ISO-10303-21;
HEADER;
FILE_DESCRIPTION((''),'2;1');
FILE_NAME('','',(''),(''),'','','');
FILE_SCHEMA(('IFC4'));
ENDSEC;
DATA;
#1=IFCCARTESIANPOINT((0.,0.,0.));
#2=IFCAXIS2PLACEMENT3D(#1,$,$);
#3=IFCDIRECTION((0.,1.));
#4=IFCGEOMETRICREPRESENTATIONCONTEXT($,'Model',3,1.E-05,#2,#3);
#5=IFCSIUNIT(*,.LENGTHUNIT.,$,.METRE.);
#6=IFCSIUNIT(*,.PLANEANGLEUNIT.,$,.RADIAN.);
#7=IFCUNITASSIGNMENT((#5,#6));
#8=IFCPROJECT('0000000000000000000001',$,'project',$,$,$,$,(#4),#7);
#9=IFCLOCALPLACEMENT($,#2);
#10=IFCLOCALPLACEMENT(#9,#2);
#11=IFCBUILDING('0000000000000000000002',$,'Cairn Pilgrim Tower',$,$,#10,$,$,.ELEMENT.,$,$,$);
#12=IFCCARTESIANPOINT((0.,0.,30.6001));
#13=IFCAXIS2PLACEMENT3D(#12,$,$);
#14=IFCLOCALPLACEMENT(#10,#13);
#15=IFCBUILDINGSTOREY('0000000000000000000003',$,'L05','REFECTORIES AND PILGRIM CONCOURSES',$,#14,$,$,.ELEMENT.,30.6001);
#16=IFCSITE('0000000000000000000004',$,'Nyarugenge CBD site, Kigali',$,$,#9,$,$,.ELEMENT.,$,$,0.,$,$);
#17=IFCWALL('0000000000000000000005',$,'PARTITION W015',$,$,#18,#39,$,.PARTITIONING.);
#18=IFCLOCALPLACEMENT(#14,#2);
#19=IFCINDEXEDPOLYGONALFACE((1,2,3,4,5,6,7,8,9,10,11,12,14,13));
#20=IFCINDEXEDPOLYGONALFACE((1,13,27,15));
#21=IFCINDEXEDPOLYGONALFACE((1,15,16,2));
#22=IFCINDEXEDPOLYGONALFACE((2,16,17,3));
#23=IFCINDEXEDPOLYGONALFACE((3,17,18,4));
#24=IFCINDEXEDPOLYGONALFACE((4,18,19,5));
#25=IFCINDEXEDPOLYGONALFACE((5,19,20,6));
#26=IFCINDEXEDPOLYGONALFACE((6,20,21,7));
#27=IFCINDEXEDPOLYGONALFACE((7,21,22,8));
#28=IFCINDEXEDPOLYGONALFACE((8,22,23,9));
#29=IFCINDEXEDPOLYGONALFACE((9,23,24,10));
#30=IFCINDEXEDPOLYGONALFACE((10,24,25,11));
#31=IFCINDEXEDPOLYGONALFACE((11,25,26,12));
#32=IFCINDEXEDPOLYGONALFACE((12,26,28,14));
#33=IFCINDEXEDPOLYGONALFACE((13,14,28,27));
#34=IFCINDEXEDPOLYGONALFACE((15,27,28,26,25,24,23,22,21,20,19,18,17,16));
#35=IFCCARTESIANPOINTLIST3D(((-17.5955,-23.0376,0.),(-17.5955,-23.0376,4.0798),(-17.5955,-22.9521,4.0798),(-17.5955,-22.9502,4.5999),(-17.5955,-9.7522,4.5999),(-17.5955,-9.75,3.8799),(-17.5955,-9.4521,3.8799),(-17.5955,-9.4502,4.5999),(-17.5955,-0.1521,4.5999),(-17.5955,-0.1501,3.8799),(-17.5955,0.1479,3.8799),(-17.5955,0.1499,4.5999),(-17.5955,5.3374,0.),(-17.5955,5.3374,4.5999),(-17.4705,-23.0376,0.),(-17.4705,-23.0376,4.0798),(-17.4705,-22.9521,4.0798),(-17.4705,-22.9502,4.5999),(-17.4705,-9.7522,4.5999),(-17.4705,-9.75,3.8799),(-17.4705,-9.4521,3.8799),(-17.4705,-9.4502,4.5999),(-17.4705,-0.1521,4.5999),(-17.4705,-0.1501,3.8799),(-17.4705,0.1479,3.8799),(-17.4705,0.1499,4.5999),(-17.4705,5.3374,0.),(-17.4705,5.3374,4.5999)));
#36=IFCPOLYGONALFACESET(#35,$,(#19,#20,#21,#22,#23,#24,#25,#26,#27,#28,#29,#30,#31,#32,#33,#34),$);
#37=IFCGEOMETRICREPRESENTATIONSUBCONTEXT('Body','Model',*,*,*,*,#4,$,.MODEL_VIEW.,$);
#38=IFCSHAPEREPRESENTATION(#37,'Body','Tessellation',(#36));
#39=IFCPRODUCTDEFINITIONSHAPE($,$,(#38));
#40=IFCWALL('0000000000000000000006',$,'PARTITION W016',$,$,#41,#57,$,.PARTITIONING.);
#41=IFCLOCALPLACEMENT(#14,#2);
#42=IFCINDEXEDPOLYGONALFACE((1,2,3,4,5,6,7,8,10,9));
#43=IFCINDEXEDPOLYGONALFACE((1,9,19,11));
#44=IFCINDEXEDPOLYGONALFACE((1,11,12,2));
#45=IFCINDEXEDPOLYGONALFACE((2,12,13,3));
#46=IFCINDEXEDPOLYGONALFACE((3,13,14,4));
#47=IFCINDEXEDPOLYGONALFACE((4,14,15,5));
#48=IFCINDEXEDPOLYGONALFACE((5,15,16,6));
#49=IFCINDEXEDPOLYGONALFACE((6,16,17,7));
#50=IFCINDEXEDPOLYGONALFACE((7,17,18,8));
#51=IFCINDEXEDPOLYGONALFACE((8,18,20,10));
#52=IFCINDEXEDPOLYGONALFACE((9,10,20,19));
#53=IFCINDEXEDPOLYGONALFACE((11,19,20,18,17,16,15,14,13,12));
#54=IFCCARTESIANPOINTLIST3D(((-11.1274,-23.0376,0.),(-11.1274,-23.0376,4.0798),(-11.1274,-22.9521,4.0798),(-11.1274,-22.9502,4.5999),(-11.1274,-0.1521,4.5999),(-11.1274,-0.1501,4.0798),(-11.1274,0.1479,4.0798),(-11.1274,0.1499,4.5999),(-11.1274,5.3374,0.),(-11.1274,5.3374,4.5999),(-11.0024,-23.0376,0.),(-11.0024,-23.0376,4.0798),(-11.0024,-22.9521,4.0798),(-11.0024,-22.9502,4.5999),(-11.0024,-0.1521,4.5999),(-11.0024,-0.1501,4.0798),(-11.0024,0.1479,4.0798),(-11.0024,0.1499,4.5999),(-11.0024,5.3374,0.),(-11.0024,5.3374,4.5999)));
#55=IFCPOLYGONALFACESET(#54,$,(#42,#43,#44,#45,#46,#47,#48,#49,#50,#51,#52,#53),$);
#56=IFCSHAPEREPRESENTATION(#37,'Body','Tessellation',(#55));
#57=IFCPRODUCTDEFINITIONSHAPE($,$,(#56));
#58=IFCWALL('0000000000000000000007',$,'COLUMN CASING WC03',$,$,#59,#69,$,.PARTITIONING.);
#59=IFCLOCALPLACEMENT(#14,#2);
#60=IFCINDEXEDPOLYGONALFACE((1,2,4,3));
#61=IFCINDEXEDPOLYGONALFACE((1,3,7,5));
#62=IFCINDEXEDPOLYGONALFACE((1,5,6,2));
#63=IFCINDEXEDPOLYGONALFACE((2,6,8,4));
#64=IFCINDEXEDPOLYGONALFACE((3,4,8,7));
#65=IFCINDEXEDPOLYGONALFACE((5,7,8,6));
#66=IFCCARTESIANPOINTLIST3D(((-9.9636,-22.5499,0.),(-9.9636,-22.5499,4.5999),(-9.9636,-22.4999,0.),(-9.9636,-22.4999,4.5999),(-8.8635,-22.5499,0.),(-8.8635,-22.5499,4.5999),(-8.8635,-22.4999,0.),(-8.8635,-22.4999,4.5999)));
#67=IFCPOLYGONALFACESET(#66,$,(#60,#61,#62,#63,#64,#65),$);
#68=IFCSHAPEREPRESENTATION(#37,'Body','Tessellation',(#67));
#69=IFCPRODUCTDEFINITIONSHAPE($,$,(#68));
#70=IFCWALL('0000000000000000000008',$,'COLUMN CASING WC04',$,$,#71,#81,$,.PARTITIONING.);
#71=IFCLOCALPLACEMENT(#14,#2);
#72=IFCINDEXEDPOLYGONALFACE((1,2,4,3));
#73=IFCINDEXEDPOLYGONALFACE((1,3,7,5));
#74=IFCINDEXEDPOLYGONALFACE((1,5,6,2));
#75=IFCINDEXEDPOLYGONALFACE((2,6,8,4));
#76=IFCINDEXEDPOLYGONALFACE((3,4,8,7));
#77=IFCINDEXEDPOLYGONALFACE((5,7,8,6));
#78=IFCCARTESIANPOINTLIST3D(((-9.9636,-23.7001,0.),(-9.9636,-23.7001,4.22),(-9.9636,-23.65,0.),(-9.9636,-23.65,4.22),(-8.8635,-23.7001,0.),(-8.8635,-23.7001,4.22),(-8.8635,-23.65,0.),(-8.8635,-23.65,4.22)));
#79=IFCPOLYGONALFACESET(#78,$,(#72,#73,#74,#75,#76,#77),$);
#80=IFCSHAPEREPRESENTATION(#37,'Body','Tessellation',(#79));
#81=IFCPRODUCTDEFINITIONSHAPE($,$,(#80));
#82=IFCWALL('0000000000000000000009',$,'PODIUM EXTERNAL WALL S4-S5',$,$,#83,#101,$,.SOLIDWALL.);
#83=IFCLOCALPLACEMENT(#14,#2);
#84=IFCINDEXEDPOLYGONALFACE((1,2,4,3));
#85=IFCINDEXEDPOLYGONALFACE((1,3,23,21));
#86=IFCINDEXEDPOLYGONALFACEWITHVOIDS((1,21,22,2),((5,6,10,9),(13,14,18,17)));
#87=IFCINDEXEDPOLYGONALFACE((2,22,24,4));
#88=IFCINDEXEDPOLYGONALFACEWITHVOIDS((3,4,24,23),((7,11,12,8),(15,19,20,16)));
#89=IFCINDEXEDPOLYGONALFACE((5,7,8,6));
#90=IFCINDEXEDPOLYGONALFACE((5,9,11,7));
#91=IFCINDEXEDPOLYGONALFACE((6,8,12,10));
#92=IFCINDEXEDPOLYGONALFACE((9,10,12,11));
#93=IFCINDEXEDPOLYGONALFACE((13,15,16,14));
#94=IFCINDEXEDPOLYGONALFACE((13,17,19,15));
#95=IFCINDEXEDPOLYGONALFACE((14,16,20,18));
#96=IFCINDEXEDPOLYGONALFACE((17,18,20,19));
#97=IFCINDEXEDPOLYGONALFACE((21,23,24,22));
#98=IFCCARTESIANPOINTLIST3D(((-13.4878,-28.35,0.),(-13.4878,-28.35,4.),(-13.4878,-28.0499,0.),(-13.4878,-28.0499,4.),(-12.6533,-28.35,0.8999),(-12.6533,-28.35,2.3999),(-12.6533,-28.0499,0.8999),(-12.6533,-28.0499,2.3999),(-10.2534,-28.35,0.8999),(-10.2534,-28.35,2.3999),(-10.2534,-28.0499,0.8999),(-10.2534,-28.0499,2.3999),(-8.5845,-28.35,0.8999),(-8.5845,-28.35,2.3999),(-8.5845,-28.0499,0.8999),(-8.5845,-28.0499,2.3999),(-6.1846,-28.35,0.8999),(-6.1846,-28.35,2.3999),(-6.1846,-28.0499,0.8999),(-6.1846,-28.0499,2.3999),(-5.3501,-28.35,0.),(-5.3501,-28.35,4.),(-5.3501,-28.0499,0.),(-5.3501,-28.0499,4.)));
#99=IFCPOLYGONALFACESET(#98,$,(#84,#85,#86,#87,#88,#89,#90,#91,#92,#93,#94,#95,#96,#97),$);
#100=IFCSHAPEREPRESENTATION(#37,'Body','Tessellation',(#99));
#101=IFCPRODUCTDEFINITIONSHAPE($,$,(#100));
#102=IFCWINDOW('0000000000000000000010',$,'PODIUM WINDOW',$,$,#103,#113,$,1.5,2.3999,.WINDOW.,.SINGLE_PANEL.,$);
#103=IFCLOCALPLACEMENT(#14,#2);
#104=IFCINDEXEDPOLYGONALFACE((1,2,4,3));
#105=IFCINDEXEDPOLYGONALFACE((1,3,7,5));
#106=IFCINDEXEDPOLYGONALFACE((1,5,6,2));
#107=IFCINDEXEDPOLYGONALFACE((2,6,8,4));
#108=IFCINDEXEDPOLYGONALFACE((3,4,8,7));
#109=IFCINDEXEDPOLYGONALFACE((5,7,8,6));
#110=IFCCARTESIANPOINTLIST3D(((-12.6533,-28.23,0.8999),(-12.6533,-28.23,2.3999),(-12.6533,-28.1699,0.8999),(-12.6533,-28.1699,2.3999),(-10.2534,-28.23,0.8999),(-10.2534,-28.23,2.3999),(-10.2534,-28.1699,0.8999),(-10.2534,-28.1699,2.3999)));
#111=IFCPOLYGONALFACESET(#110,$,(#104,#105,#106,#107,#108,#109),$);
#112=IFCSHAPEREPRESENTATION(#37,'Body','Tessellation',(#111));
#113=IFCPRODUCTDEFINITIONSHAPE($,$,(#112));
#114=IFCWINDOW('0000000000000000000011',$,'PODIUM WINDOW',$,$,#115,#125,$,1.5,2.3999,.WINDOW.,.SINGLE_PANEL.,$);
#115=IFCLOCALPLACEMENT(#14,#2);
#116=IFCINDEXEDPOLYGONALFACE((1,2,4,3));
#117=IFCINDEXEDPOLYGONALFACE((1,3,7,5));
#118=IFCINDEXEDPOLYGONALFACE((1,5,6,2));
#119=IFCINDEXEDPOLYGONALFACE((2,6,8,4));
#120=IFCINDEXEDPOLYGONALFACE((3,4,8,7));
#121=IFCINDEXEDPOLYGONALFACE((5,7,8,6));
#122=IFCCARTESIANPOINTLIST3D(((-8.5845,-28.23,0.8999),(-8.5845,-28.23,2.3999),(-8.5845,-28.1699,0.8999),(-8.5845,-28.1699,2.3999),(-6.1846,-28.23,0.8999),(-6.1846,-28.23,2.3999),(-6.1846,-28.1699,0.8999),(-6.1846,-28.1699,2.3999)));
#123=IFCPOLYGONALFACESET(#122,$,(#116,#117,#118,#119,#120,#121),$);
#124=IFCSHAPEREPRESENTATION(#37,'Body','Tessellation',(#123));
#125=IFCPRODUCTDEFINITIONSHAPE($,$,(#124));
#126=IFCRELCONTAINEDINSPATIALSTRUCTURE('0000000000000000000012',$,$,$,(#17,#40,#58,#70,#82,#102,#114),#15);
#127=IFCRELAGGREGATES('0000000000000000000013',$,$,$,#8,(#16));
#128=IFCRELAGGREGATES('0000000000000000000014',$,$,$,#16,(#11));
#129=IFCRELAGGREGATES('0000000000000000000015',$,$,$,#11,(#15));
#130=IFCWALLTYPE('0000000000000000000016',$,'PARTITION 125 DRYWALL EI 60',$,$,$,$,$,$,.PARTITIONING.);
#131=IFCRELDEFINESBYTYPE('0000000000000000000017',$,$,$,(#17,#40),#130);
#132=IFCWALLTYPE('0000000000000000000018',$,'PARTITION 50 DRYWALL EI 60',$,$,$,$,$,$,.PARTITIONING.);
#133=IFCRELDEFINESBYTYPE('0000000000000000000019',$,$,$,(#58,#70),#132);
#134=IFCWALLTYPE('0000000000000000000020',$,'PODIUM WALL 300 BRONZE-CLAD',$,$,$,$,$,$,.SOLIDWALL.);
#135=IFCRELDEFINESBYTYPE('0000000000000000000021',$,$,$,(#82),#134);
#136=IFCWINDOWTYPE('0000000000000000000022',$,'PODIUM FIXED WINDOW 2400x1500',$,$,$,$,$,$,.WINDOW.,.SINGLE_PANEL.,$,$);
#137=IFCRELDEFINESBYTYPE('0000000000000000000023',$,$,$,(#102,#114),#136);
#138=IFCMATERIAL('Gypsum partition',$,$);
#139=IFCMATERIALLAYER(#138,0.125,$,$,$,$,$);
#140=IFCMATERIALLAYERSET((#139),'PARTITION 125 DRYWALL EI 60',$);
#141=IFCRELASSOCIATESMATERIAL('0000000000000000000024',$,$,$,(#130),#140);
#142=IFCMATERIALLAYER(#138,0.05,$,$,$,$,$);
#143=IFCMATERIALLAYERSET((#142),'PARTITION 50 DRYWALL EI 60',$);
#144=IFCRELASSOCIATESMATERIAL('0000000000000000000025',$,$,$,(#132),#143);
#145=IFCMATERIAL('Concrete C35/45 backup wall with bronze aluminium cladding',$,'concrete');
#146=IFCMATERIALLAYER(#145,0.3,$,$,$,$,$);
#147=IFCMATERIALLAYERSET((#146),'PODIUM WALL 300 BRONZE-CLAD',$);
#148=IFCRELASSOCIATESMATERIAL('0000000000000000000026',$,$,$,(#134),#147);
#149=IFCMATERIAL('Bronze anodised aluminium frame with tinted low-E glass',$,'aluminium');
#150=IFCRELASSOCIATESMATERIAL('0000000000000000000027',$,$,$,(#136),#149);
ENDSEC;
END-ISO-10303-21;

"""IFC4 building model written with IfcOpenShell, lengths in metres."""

from ifc_helpers import new_model, si_unit, direction, frame, frame_2d, origin, place, context, subcontext, project, spatial, polyline, rectangle, outline, extrude, material, layer, layer_set, type_object, element, fill, save


model = new_model("IFC4")

# Units and contexts
model_context = context("Model", 3, precision=1e-05, world=origin(), true_north=direction((0.0, 1.0)))
body_context = subcontext(model_context, "Body", "Model", "MODEL_VIEW")
ifc_project = project(units=[si_unit("LENGTHUNIT", "METRE"), si_unit("PLANEANGLEUNIT", "RADIAN")], contexts=[model_context])

# Site, building, storey
site_placement = place(None, origin())
site = spatial("IfcSite", under=ifc_project, at=site_placement, Name="Nyarugenge CBD site, Kigali", CompositionType="ELEMENT", RefElevation=0.0)
building_placement = place(site_placement, origin())
building = spatial("IfcBuilding", under=site, at=building_placement, Name="Cairn Pilgrim Tower", CompositionType="ELEMENT")
storey_placement = place(building_placement, frame((0.0, 0.0, 30.6001)))
storey = spatial("IfcBuildingStorey", under=building, at=storey_placement, Name="L05", Description="REFECTORIES AND PILGRIM CONCOURSES", CompositionType="ELEMENT", Elevation=30.6001)

# Walls
ifc_material_1 = material(Name="Gypsum partition")
ifc_layer_1 = layer(ifc_material_1, 0.125)
ifc_layer_set_1 = layer_set([ifc_layer_1], Name="PARTITION 125 DRYWALL EI 60")
wall_type_1 = type_object("IfcWallType", Name="PARTITION 125 DRYWALL EI 60", PredefinedType="PARTITIONING", material=ifc_layer_set_1)
wall_1_placement = place(storey_placement, frame((-17.533, -23.0376, 0.0), z_axis=(0.0, 0.0, 1.0), x_axis=(0.0, 1.0, 0.0)))
element("IfcWall", 1, at=wall_1_placement, inside=storey, type_object=wall_type_1, Name="PARTITION W015", PredefinedType="PARTITIONING", context=body_context, shape_type="SweptSolid", body=[
    extrude(outline(polyline([(0.0, 0.0), (28.375, 0.0), (28.375, 4.5999), (23.1875, 4.5999), (23.1855, 3.8799), (22.8875, 3.8799), (22.8855, 4.5999), (13.5874, 4.5999), (13.5854, 3.8799), (13.2876, 3.8799), (13.2854, 4.5999), (0.0874, 4.5999), (0.0854, 4.0798), (0.0, 4.0798), (0.0, 0.0)])), frame((0.0, 0.0625, 0.0), z_axis=(0.0, -1.0, 0.0), x_axis=(1.0, 0.0, 0.0)), (0.0, 0.0, 1.0), 0.125),
])
wall_2_placement = place(storey_placement, frame((-11.0649, -23.0376, 0.0), z_axis=(0.0, 0.0, 1.0), x_axis=(0.0, 1.0, 0.0)))
element("IfcWall", 2, at=wall_2_placement, inside=storey, type_object=wall_type_1, Name="PARTITION W016", PredefinedType="PARTITIONING", context=body_context, shape_type="SweptSolid", body=[
    extrude(outline(polyline([(0.0, 0.0), (28.375, 0.0), (28.375, 4.5999), (23.1875, 4.5999), (23.1855, 4.0798), (22.8875, 4.0798), (22.8855, 4.5999), (0.0874, 4.5999), (0.0854, 4.0798), (0.0, 4.0798), (0.0, 0.0)])), frame((0.0, 0.0625, 0.0), z_axis=(0.0, -1.0, 0.0), x_axis=(1.0, 0.0, 0.0)), (0.0, 0.0, 1.0), 0.125),
])
ifc_layer_2 = layer(ifc_material_1, 0.05)
ifc_layer_set_2 = layer_set([ifc_layer_2], Name="PARTITION 50 DRYWALL EI 60")
wall_type_2 = type_object("IfcWallType", Name="PARTITION 50 DRYWALL EI 60", PredefinedType="PARTITIONING", material=ifc_layer_set_2)
wall_3_placement = place(storey_placement, frame((-9.9636, -22.5249, 0.0), z_axis=(0.0, 0.0, 1.0), x_axis=(1.0, 0.0, 0.0)))
element("IfcWall", 3, at=wall_3_placement, inside=storey, type_object=wall_type_2, Name="COLUMN CASING WC03", PredefinedType="PARTITIONING", context=body_context, shape_type="SweptSolid", body=[
    extrude(rectangle(XDim=1.1001, YDim=0.05, at=frame_2d((0.55, 0.0))), origin(), (0.0, 0.0, 1.0), 4.5999),
])
wall_4_placement = place(storey_placement, frame((-9.9636, -23.675, 0.0), z_axis=(0.0, 0.0, 1.0), x_axis=(1.0, 0.0, 0.0)))
element("IfcWall", 4, at=wall_4_placement, inside=storey, type_object=wall_type_2, Name="COLUMN CASING WC04", PredefinedType="PARTITIONING", context=body_context, shape_type="SweptSolid", body=[
    extrude(rectangle(XDim=1.1001, YDim=0.05, at=frame_2d((0.55, 0.0))), origin(), (0.0, 0.0, 1.0), 4.22),
])

# Wall, openings, windows
ifc_material_2 = material(Name="Concrete C35/45 backup wall with bronze aluminium cladding", Category="concrete")
ifc_layer_3 = layer(ifc_material_2, 0.3)
ifc_layer_set_3 = layer_set([ifc_layer_3], Name="PODIUM WALL 300 BRONZE-CLAD")
wall_type_3 = type_object("IfcWallType", Name="PODIUM WALL 300 BRONZE-CLAD", PredefinedType="SOLIDWALL", material=ifc_layer_set_3)
wall_5_placement = place(storey_placement, frame((-13.4878, -28.2, 0.0), z_axis=(0.0, 0.0, 1.0), x_axis=(1.0, 0.0, 0.0)))
wall_5 = element("IfcWall", 5, at=wall_5_placement, inside=storey, type_object=wall_type_3, Name="PODIUM EXTERNAL WALL S4-S5", PredefinedType="SOLIDWALL", context=body_context, shape_type="SweptSolid", body=[
    extrude(rectangle(XDim=8.1377, YDim=0.3, at=frame_2d((4.0688, 0.0))), origin(), (0.0, 0.0, 1.0), 4.0),
])
opening_1_placement = place(wall_5_placement, frame((0.8345, 0.0, 0.8999)))
opening_1 = element("IfcOpeningElement", 6, at=opening_1_placement, cuts=wall_5, PredefinedType="OPENING", context=body_context, shape_type="SweptSolid", body=[
    extrude(rectangle(XDim=2.3999, YDim=1.5, at=frame_2d((1.2, 0.75))), frame((0.0, 0.1602, 0.0), z_axis=(0.0, -1.0, 0.0), x_axis=(1.0, 0.0, 0.0)), (0.0, 0.0, 1.0), 0.3201),
])
opening_2_placement = place(wall_5_placement, frame((4.9033, 0.0, 0.8999)))
opening_2 = element("IfcOpeningElement", 7, at=opening_2_placement, cuts=wall_5, PredefinedType="OPENING", context=body_context, shape_type="SweptSolid", body=[
    extrude(rectangle(XDim=2.3999, YDim=1.5, at=frame_2d((1.2, 0.75))), frame((0.0, 0.1602, 0.0), z_axis=(0.0, -1.0, 0.0), x_axis=(1.0, 0.0, 0.0)), (0.0, 0.0, 1.0), 0.3201),
])
ifc_material_3 = material(Name="Bronze anodised aluminium frame with tinted low-E glass", Category="aluminium")
window_type = type_object("IfcWindowType", Name="PODIUM FIXED WINDOW 2400x1500", PartitioningType="SINGLE_PANEL", PredefinedType="WINDOW", material=ifc_material_3)
window_1_placement = place(opening_1_placement, origin())
window_1 = element("IfcWindow", 8, at=window_1_placement, inside=storey, type_object=window_type, Name="PODIUM WINDOW", OverallHeight=1.5, OverallWidth=2.3999, PartitioningType="SINGLE_PANEL", PredefinedType="WINDOW", context=body_context, shape_type="SweptSolid", body=[
    extrude(rectangle(XDim=2.3999, YDim=1.5, at=frame_2d((1.2, 0.75))), frame((0.0, 0.03, 0.0), z_axis=(0.0, -1.0, 0.0), x_axis=(1.0, 0.0, 0.0)), (0.0, 0.0, 1.0), 0.0601),
])
fill(opening_1, window_1)
window_2_placement = place(opening_2_placement, origin())
window_2 = element("IfcWindow", 9, at=window_2_placement, inside=storey, type_object=window_type, Name="PODIUM WINDOW", OverallHeight=1.5, OverallWidth=2.3999, PartitioningType="SINGLE_PANEL", PredefinedType="WINDOW", context=body_context, shape_type="SweptSolid", body=[
    extrude(rectangle(XDim=2.3999, YDim=1.5, at=frame_2d((1.2, 0.75))), frame((0.0, 0.03, 0.0), z_axis=(0.0, -1.0, 0.0), x_axis=(1.0, 0.0, 0.0)), (0.0, 0.0, 1.0), 0.0601),
])
fill(opening_2, window_2)

save(model, "model.ifc")
